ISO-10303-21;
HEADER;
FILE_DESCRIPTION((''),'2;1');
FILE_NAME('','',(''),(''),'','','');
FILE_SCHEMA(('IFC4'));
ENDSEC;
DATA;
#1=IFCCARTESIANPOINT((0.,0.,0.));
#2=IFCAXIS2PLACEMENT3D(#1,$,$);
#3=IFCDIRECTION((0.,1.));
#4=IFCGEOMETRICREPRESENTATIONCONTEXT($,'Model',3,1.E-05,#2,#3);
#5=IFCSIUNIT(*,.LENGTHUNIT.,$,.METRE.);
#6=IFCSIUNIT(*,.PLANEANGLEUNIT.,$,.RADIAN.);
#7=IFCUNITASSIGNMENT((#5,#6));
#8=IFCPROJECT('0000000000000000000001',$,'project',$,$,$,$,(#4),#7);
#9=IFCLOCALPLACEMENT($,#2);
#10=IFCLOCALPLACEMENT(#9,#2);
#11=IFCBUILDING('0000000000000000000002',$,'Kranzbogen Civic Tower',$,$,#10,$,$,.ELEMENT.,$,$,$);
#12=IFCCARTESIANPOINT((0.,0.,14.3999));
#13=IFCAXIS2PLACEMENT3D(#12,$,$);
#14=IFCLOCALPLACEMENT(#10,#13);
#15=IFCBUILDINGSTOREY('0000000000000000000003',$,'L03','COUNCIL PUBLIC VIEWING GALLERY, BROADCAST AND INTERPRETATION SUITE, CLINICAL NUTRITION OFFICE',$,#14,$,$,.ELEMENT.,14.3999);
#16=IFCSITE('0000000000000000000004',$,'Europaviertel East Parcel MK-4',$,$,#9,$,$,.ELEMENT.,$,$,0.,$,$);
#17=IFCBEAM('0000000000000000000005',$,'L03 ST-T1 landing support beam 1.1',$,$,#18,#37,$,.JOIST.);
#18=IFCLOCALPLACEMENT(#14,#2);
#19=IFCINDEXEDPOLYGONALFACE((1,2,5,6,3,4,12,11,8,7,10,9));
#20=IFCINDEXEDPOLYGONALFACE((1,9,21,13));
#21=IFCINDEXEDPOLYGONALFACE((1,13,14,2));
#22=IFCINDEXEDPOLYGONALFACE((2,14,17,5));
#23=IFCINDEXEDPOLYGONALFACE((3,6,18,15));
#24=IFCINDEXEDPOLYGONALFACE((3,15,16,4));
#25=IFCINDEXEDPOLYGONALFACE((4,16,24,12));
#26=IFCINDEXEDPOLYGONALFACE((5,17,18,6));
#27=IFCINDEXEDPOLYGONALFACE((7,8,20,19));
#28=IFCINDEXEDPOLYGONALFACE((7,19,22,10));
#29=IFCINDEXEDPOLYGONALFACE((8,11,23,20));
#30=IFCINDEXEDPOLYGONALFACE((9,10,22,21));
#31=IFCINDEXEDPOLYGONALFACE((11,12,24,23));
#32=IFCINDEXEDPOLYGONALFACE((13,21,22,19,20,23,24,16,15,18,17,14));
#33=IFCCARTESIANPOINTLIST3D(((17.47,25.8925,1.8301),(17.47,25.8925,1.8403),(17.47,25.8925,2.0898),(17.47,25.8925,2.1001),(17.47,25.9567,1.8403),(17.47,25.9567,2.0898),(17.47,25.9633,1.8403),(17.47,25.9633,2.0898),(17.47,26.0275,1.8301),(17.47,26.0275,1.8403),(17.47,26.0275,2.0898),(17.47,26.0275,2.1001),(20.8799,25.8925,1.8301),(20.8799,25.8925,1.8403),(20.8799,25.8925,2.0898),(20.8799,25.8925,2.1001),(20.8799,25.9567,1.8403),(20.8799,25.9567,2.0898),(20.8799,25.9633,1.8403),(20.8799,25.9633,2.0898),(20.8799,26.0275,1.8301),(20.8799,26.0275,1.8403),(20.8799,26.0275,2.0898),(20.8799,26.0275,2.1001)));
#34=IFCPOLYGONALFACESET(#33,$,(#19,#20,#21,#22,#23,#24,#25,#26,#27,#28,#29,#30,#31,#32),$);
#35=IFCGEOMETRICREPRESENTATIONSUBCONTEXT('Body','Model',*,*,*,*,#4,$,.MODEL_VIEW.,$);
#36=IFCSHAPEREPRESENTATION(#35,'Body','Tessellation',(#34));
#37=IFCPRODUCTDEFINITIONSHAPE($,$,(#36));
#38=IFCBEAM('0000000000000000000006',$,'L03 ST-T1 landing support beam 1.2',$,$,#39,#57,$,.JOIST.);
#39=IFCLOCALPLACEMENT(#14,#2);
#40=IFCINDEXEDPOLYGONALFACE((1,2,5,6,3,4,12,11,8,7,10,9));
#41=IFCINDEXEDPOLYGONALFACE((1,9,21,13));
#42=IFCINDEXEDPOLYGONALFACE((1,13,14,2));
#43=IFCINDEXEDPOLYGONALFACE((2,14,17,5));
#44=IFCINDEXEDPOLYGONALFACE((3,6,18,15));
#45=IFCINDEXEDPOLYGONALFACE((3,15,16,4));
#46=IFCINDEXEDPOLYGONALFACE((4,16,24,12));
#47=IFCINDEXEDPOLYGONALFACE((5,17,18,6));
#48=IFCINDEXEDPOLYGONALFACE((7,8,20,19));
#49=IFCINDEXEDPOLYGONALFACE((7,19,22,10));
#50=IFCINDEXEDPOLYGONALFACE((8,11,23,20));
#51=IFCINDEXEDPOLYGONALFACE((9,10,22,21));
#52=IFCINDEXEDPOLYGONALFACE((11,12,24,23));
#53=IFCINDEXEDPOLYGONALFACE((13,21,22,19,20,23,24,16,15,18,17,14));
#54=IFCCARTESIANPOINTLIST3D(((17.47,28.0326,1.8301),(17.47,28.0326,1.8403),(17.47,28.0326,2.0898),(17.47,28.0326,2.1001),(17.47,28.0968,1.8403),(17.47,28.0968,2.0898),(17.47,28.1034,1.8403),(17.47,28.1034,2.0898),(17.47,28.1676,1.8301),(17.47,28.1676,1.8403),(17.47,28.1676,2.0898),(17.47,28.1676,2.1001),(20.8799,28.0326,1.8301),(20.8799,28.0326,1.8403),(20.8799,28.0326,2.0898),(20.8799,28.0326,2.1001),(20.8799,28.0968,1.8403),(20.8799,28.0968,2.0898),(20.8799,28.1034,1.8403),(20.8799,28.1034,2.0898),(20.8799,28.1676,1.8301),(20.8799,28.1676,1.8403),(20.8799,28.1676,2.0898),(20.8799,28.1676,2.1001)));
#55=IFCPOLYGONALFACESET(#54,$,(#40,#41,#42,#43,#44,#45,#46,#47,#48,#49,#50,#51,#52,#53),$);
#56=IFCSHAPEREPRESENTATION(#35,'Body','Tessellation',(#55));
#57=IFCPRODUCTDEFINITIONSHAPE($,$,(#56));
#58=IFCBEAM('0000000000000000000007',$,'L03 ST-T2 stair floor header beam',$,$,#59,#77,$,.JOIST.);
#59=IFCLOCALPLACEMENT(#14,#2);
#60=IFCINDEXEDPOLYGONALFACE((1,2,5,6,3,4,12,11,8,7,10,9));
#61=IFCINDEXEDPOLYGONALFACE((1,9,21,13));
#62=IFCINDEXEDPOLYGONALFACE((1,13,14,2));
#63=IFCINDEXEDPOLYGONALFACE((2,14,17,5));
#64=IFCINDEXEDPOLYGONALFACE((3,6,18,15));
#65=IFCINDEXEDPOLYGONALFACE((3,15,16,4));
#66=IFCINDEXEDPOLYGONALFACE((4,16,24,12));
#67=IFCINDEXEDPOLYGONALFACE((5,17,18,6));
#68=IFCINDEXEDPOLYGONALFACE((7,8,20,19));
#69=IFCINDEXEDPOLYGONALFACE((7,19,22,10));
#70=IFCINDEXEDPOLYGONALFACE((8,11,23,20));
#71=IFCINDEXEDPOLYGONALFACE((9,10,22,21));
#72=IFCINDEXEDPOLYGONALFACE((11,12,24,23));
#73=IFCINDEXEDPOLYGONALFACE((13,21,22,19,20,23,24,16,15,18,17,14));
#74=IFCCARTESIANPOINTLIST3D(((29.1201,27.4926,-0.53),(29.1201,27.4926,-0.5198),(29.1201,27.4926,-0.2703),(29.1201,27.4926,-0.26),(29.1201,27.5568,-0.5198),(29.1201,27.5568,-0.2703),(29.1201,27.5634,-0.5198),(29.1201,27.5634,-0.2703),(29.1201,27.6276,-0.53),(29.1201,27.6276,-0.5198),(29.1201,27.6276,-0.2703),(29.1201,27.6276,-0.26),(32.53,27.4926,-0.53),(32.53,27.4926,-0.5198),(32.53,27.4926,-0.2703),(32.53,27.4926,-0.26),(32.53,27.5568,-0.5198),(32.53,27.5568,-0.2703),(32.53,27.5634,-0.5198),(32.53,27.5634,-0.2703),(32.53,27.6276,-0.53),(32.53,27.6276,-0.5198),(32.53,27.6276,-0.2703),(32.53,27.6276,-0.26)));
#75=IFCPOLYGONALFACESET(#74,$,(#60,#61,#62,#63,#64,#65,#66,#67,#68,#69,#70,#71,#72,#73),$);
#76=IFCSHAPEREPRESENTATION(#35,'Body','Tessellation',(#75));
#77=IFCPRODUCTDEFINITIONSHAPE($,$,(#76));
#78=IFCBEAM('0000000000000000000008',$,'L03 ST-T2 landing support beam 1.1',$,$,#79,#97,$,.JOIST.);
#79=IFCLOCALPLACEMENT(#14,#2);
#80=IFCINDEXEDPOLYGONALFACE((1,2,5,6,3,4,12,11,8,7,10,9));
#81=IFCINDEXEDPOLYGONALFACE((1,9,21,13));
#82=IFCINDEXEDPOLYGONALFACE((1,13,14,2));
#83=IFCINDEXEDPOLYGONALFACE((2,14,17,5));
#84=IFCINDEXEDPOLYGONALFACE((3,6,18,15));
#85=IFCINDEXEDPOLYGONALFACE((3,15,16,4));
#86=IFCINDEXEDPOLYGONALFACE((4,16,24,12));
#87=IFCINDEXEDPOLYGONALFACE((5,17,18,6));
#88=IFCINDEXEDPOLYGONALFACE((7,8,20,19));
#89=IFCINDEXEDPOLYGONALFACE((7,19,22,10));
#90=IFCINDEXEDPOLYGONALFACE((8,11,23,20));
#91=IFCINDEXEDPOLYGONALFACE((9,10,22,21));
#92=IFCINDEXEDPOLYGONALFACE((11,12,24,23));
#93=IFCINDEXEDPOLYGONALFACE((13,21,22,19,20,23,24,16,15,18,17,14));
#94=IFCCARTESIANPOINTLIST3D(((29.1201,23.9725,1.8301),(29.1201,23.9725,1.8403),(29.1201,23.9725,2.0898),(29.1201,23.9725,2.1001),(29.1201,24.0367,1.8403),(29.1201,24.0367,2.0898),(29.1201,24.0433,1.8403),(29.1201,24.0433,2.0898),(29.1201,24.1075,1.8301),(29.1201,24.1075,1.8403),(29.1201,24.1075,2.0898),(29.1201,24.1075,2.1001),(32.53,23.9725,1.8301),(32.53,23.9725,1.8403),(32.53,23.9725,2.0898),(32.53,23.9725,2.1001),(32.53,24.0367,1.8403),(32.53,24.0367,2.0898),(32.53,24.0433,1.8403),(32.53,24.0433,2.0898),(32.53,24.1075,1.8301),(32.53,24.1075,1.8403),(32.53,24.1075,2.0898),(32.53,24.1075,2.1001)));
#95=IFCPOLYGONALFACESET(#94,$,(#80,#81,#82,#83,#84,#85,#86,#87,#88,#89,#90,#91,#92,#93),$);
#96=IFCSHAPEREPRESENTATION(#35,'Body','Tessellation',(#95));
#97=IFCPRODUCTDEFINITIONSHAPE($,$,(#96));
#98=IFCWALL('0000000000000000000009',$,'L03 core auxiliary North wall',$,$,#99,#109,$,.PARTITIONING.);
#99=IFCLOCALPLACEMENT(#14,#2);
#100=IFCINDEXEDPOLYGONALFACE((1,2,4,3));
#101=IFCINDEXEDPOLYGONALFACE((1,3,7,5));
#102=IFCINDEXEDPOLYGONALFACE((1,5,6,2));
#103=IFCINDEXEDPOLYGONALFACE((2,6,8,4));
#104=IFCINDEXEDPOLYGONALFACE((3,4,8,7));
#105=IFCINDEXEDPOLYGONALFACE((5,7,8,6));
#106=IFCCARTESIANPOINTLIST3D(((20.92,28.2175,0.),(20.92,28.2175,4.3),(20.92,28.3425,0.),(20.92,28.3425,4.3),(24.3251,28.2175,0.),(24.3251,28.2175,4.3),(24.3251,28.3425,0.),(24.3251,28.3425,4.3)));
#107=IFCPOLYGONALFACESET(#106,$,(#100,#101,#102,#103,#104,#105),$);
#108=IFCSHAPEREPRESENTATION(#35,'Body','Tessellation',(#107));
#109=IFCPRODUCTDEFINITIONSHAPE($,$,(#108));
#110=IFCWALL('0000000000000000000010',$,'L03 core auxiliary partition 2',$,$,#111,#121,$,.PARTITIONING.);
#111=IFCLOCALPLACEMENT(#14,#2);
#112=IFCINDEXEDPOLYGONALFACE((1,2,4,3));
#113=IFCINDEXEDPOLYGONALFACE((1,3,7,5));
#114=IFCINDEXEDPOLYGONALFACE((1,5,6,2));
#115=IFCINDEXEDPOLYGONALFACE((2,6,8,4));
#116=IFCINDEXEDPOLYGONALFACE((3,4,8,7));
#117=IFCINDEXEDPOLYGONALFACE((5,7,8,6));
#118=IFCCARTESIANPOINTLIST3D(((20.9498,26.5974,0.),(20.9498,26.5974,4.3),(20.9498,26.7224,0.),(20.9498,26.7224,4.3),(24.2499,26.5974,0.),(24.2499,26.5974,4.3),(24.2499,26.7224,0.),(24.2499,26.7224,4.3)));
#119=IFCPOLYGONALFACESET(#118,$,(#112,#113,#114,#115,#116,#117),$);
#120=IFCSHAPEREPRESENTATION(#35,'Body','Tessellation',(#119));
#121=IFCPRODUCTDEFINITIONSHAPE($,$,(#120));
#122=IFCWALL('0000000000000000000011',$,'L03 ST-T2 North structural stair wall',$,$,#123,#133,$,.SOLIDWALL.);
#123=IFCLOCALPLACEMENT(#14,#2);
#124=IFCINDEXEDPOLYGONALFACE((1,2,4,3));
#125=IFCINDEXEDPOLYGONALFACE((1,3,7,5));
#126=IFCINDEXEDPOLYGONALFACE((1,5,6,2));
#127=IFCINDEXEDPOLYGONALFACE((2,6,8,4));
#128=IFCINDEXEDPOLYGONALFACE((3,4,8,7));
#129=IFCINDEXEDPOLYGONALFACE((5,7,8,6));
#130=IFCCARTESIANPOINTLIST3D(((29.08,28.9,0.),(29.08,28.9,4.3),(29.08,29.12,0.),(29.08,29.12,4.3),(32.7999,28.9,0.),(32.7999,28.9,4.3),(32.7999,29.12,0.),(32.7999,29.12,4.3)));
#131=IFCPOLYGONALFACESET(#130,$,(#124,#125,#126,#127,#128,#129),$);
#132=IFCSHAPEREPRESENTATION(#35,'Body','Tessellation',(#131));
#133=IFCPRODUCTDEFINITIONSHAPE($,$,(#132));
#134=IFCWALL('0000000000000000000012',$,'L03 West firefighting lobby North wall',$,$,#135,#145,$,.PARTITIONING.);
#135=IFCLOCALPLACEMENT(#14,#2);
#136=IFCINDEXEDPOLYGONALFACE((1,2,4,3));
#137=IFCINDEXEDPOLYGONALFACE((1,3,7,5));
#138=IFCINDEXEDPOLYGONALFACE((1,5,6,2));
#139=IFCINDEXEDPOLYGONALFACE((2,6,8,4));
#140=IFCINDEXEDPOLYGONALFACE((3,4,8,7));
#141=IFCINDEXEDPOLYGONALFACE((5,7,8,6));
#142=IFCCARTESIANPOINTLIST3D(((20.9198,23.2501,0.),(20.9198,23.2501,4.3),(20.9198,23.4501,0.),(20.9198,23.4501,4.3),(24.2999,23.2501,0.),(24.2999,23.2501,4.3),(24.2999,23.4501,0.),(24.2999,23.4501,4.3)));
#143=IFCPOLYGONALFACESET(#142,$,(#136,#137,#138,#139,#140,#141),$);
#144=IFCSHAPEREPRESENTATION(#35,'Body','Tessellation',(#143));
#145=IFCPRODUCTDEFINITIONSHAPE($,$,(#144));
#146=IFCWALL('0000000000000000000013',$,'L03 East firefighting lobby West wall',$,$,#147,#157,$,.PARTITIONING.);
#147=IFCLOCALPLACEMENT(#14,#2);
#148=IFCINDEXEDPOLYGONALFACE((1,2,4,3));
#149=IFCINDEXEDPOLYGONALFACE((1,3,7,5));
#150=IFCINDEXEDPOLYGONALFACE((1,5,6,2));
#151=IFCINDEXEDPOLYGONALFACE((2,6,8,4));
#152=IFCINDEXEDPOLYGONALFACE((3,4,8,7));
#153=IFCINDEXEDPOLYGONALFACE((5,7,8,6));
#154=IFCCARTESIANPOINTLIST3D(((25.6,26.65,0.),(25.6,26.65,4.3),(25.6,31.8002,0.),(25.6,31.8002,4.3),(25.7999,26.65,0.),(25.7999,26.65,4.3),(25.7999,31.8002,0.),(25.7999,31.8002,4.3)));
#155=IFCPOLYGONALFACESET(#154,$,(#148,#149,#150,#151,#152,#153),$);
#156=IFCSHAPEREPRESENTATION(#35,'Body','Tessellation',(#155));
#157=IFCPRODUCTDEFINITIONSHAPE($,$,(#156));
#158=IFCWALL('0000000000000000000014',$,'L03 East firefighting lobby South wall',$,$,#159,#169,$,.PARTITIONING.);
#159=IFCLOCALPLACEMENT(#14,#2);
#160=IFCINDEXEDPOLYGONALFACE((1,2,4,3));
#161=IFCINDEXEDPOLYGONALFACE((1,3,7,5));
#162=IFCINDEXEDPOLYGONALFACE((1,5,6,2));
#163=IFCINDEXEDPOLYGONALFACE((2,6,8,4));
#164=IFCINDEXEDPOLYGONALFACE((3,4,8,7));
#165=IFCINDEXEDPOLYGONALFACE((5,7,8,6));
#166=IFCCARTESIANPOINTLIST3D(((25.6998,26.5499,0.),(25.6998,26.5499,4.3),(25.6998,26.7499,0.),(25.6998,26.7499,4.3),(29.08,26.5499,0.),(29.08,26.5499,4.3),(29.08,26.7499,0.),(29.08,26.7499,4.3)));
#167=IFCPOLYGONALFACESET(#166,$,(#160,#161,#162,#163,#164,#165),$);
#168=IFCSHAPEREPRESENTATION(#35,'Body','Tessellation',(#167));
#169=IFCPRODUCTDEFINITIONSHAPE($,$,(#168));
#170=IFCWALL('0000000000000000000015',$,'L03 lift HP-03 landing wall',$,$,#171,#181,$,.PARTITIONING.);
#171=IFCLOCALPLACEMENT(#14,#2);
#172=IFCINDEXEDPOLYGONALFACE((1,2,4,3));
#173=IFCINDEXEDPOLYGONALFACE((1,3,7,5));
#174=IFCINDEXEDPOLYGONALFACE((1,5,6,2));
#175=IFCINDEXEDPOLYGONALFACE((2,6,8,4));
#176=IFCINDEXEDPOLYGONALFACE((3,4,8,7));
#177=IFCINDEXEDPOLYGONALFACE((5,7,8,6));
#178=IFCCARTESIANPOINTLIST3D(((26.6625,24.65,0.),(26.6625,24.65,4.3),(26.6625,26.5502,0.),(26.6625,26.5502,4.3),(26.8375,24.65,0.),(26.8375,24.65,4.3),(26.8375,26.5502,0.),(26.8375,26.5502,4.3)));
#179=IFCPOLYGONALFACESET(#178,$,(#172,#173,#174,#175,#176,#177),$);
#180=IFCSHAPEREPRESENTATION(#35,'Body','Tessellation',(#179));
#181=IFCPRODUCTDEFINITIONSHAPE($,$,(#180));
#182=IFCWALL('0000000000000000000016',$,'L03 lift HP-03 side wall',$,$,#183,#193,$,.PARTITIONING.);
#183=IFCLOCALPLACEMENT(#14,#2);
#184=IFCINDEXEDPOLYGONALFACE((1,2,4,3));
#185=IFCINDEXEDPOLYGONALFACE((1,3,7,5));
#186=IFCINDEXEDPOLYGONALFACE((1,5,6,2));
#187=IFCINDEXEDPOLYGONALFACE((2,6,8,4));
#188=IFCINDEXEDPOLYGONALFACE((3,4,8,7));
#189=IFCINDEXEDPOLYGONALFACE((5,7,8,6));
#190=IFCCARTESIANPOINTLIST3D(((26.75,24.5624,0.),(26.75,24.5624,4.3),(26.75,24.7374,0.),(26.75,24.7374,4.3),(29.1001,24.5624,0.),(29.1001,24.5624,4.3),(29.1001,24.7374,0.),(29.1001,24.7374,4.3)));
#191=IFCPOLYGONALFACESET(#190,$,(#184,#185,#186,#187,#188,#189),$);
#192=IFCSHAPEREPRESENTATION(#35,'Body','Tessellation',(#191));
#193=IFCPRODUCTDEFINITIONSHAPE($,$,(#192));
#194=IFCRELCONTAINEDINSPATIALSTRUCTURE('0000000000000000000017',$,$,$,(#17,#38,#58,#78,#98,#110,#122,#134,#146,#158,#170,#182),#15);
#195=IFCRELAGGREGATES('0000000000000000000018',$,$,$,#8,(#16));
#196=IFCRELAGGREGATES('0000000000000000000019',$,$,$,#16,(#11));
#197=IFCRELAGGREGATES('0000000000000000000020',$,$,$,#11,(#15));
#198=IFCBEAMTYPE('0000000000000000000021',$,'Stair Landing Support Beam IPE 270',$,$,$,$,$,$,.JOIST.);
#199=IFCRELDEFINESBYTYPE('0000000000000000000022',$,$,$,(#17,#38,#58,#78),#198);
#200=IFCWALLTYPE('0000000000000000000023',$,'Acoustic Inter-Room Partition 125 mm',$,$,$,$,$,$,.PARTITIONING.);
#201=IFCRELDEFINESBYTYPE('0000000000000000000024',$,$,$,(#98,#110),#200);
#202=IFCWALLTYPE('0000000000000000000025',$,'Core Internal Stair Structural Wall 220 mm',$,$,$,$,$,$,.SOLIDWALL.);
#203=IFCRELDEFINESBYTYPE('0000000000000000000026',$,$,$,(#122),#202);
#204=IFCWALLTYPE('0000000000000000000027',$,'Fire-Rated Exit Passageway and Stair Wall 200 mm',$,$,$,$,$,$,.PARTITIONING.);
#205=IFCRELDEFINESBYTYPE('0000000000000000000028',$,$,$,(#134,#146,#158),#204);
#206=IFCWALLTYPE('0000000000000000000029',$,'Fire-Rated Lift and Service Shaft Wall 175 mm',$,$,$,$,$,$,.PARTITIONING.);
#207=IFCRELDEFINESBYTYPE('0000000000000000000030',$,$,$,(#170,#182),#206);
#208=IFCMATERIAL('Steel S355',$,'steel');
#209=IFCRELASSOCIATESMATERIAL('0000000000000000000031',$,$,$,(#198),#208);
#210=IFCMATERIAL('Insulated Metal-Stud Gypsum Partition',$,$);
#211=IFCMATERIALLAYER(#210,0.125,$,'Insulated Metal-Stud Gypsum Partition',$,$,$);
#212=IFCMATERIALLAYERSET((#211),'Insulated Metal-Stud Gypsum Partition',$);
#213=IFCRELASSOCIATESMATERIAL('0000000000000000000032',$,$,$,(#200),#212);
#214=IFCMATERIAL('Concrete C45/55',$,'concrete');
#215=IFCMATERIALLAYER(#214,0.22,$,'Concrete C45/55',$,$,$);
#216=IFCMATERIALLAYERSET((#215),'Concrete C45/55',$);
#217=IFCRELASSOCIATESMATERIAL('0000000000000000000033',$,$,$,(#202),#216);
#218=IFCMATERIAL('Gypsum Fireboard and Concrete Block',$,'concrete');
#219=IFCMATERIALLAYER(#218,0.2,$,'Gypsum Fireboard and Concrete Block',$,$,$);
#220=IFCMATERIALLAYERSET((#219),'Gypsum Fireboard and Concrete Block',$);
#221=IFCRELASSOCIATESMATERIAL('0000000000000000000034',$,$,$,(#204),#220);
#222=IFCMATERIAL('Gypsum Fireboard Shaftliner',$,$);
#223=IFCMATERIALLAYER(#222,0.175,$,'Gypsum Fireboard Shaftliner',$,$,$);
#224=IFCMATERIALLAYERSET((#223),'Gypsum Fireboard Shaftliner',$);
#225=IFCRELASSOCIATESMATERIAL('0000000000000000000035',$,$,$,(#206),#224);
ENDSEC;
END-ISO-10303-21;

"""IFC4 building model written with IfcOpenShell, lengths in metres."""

from ifc_helpers import new_model, si_unit, direction, frame, frame_2d, origin, origin_2d, place, context, subcontext, project, spatial, rectangle, i_section, extrude, material, layer, layer_set, material_profile, profile_set, type_object, element, save


model = new_model("IFC4")

# Units and contexts
model_context = context("Model", 3, precision=1e-05, world=origin(), true_north=direction((0.0, 1.0)))
body_context = subcontext(model_context, "Body", "Model", "MODEL_VIEW")
ifc_project = project(units=[si_unit("LENGTHUNIT", "METRE"), si_unit("PLANEANGLEUNIT", "RADIAN")], contexts=[model_context])

# Site, building, storey
site_placement = place(None, origin())
site = spatial("IfcSite", under=ifc_project, at=site_placement, Name="Europaviertel East Parcel MK-4", CompositionType="ELEMENT", RefElevation=0.0)
building_placement = place(site_placement, origin())
building = spatial("IfcBuilding", under=site, at=building_placement, Name="Kranzbogen Civic Tower", CompositionType="ELEMENT")
storey_placement = place(building_placement, frame((0.0, 0.0, 14.3999)))
storey = spatial("IfcBuildingStorey", under=building, at=storey_placement, Name="L03", Description="COUNCIL PUBLIC VIEWING GALLERY, BROADCAST AND INTERPRETATION SUITE, CLINICAL NUTRITION OFFICE", CompositionType="ELEMENT", Elevation=14.3999)

# Beams
ifc_material_1 = material(Name="Steel S355", Category="steel")
ifc_material_profile = material_profile(ifc_material_1, i_section(OverallWidth=0.135, OverallDepth=0.27, WebThickness=0.0066, FlangeThickness=0.0103, at=origin_2d()), Name="IPE 270")
ifc_profile_set = profile_set([ifc_material_profile], Name="Steel S355")
beam_type = type_object("IfcBeamType", Name="Stair Landing Support Beam IPE 270", PredefinedType="JOIST", material=ifc_profile_set)
for number, where, z_axis, x_axis, name in (
    (1, (20.8799, 25.96, 1.9651), (-1.0, 0.0, 0.0), (0.0, -1.0, 0.0), "L03 ST-T1 landing support beam 1.1"),
    (2, (20.8799, 28.1001, 1.9651), (-1.0, 0.0, 0.0), (0.0, -1.0, 0.0), "L03 ST-T1 landing support beam 1.2"),
    (3, (29.1201, 27.5601, -0.395), (1.0, 0.0, 0.0), (0.0, 1.0, 0.0), "L03 ST-T2 stair floor header beam"),
    (4, (29.1201, 24.04, 1.9651), (1.0, 0.0, 0.0), (0.0, 1.0, 0.0), "L03 ST-T2 landing support beam 1.1"),
):
    element("IfcBeam", number, at=place(storey_placement, frame(where, z_axis=z_axis, x_axis=x_axis)), inside=storey, type_object=beam_type, Name=name, PredefinedType="JOIST", context=body_context, shape_type="SweptSolid", body=[
        extrude(i_section(OverallWidth=0.135, OverallDepth=0.27, WebThickness=0.0066, FlangeThickness=0.0103, at=origin_2d()), origin(), (0.0, 0.0, 1.0), 3.4099),
    ])

# Walls
ifc_material_2 = material(Name="Insulated Metal-Stud Gypsum Partition")
ifc_layer_1 = layer(ifc_material_2, 0.125, Name="Insulated Metal-Stud Gypsum Partition")
ifc_layer_set_1 = layer_set([ifc_layer_1], Name="Insulated Metal-Stud Gypsum Partition")
wall_type_1 = type_object("IfcWallType", Name="Acoustic Inter-Room Partition 125 mm", PredefinedType="PARTITIONING", material=ifc_layer_set_1)
wall_1_placement = place(storey_placement, frame((20.9199, 28.28, 0.0), z_axis=(0.0, 0.0, 1.0), x_axis=(1.0, 0.0, 0.0)))
element("IfcWall", 5, at=wall_1_placement, inside=storey, type_object=wall_type_1, Name="L03 core auxiliary North wall", PredefinedType="PARTITIONING", context=body_context, shape_type="SweptSolid", body=[
    extrude(rectangle(XDim=3.405, YDim=0.125, at=frame_2d((1.7026, 0.0))), origin(), (0.0, 0.0, 1.0), 4.3),
])
wall_2_placement = place(storey_placement, frame((20.95, 26.6599, 0.0), z_axis=(0.0, 0.0, 1.0), x_axis=(1.0, 0.0, 0.0)))
element("IfcWall", 6, at=wall_2_placement, inside=storey, type_object=wall_type_1, Name="L03 core auxiliary partition 2", PredefinedType="PARTITIONING", context=body_context, shape_type="SweptSolid", body=[
    extrude(rectangle(XDim=3.3, YDim=0.125, at=frame_2d((1.6499, 0.0))), origin(), (0.0, 0.0, 1.0), 4.3),
])
ifc_material_3 = material(Name="Concrete C45/55", Category="concrete")
ifc_layer_2 = layer(ifc_material_3, 0.22, Name="Concrete C45/55")
ifc_layer_set_2 = layer_set([ifc_layer_2], Name="Concrete C45/55")
wall_type_2 = type_object("IfcWallType", Name="Core Internal Stair Structural Wall 220 mm", PredefinedType="SOLIDWALL", material=ifc_layer_set_2)
wall_3_placement = place(storey_placement, frame((29.0801, 29.01, 0.0), z_axis=(0.0, 0.0, 1.0), x_axis=(1.0, 0.0, 0.0)))
element("IfcWall", 7, at=wall_3_placement, inside=storey, type_object=wall_type_2, Name="L03 ST-T2 North structural stair wall", PredefinedType="SOLIDWALL", context=body_context, shape_type="SweptSolid", body=[
    extrude(rectangle(XDim=3.72, YDim=0.22, at=frame_2d((1.8599, 0.0))), origin(), (0.0, 0.0, 1.0), 4.3),
])
ifc_material_4 = material(Name="Gypsum Fireboard and Concrete Block", Category="concrete")
ifc_layer_3 = layer(ifc_material_4, 0.2, Name="Gypsum Fireboard and Concrete Block")
ifc_layer_set_3 = layer_set([ifc_layer_3], Name="Gypsum Fireboard and Concrete Block")
wall_type_3 = type_object("IfcWallType", Name="Fire-Rated Exit Passageway and Stair Wall 200 mm", PredefinedType="PARTITIONING", material=ifc_layer_set_3)
wall_4_placement = place(storey_placement, frame((20.9199, 23.3501, 0.0), z_axis=(0.0, 0.0, 1.0), x_axis=(1.0, 0.0, 0.0)))
element("IfcWall", 8, at=wall_4_placement, inside=storey, type_object=wall_type_3, Name="L03 West firefighting lobby North wall", PredefinedType="PARTITIONING", context=body_context, shape_type="SweptSolid", body=[
    extrude(rectangle(XDim=3.3801, YDim=0.2, at=frame_2d((1.6899, 0.0))), origin(), (0.0, 0.0, 1.0), 4.3),
])
wall_5_placement = place(storey_placement, frame((25.7, 26.6499, 0.0), z_axis=(0.0, 0.0, 1.0), x_axis=(0.0, 1.0, 0.0)))
element("IfcWall", 9, at=wall_5_placement, inside=storey, type_object=wall_type_3, Name="L03 East firefighting lobby West wall", PredefinedType="PARTITIONING", context=body_context, shape_type="SweptSolid", body=[
    extrude(rectangle(XDim=5.1501, YDim=0.2, at=frame_2d((2.5752, 0.0))), origin(), (0.0, 0.0, 1.0), 4.3),
])
wall_6_placement = place(storey_placement, frame((25.7, 26.6499, 0.0), z_axis=(0.0, 0.0, 1.0), x_axis=(1.0, 0.0, 0.0)))
element("IfcWall", 10, at=wall_6_placement, inside=storey, type_object=wall_type_3, Name="L03 East firefighting lobby South wall", PredefinedType="PARTITIONING", context=body_context, shape_type="SweptSolid", body=[
    extrude(rectangle(XDim=3.3801, YDim=0.2, at=frame_2d((1.6899, 0.0))), origin(), (0.0, 0.0, 1.0), 4.3),
])
ifc_material_5 = material(Name="Gypsum Fireboard Shaftliner")
ifc_layer_4 = layer(ifc_material_5, 0.175, Name="Gypsum Fireboard Shaftliner")
ifc_layer_set_4 = layer_set([ifc_layer_4], Name="Gypsum Fireboard Shaftliner")
wall_type_4 = type_object("IfcWallType", Name="Fire-Rated Lift and Service Shaft Wall 175 mm", PredefinedType="PARTITIONING", material=ifc_layer_set_4)
wall_7_placement = place(storey_placement, frame((26.75, 24.6499, 0.0), z_axis=(0.0, 0.0, 1.0), x_axis=(0.0, 1.0, 0.0)))
element("IfcWall", 11, at=wall_7_placement, inside=storey, type_object=wall_type_4, Name="L03 lift HP-03 landing wall", PredefinedType="PARTITIONING", context=body_context, shape_type="SweptSolid", body=[
    extrude(rectangle(XDim=1.9001, YDim=0.175, at=frame_2d((0.9502, 0.0))), origin(), (0.0, 0.0, 1.0), 4.3),
])
wall_8_placement = place(storey_placement, frame((26.75, 24.6499, 0.0), z_axis=(0.0, 0.0, 1.0), x_axis=(1.0, 0.0, 0.0)))
element("IfcWall", 12, at=wall_8_placement, inside=storey, type_object=wall_type_4, Name="L03 lift HP-03 side wall", PredefinedType="PARTITIONING", context=body_context, shape_type="SweptSolid", body=[
    extrude(rectangle(XDim=2.3501, YDim=0.175, at=frame_2d((1.175, 0.0))), origin(), (0.0, 0.0, 1.0), 4.3),
])

save(model, "model.ifc")
